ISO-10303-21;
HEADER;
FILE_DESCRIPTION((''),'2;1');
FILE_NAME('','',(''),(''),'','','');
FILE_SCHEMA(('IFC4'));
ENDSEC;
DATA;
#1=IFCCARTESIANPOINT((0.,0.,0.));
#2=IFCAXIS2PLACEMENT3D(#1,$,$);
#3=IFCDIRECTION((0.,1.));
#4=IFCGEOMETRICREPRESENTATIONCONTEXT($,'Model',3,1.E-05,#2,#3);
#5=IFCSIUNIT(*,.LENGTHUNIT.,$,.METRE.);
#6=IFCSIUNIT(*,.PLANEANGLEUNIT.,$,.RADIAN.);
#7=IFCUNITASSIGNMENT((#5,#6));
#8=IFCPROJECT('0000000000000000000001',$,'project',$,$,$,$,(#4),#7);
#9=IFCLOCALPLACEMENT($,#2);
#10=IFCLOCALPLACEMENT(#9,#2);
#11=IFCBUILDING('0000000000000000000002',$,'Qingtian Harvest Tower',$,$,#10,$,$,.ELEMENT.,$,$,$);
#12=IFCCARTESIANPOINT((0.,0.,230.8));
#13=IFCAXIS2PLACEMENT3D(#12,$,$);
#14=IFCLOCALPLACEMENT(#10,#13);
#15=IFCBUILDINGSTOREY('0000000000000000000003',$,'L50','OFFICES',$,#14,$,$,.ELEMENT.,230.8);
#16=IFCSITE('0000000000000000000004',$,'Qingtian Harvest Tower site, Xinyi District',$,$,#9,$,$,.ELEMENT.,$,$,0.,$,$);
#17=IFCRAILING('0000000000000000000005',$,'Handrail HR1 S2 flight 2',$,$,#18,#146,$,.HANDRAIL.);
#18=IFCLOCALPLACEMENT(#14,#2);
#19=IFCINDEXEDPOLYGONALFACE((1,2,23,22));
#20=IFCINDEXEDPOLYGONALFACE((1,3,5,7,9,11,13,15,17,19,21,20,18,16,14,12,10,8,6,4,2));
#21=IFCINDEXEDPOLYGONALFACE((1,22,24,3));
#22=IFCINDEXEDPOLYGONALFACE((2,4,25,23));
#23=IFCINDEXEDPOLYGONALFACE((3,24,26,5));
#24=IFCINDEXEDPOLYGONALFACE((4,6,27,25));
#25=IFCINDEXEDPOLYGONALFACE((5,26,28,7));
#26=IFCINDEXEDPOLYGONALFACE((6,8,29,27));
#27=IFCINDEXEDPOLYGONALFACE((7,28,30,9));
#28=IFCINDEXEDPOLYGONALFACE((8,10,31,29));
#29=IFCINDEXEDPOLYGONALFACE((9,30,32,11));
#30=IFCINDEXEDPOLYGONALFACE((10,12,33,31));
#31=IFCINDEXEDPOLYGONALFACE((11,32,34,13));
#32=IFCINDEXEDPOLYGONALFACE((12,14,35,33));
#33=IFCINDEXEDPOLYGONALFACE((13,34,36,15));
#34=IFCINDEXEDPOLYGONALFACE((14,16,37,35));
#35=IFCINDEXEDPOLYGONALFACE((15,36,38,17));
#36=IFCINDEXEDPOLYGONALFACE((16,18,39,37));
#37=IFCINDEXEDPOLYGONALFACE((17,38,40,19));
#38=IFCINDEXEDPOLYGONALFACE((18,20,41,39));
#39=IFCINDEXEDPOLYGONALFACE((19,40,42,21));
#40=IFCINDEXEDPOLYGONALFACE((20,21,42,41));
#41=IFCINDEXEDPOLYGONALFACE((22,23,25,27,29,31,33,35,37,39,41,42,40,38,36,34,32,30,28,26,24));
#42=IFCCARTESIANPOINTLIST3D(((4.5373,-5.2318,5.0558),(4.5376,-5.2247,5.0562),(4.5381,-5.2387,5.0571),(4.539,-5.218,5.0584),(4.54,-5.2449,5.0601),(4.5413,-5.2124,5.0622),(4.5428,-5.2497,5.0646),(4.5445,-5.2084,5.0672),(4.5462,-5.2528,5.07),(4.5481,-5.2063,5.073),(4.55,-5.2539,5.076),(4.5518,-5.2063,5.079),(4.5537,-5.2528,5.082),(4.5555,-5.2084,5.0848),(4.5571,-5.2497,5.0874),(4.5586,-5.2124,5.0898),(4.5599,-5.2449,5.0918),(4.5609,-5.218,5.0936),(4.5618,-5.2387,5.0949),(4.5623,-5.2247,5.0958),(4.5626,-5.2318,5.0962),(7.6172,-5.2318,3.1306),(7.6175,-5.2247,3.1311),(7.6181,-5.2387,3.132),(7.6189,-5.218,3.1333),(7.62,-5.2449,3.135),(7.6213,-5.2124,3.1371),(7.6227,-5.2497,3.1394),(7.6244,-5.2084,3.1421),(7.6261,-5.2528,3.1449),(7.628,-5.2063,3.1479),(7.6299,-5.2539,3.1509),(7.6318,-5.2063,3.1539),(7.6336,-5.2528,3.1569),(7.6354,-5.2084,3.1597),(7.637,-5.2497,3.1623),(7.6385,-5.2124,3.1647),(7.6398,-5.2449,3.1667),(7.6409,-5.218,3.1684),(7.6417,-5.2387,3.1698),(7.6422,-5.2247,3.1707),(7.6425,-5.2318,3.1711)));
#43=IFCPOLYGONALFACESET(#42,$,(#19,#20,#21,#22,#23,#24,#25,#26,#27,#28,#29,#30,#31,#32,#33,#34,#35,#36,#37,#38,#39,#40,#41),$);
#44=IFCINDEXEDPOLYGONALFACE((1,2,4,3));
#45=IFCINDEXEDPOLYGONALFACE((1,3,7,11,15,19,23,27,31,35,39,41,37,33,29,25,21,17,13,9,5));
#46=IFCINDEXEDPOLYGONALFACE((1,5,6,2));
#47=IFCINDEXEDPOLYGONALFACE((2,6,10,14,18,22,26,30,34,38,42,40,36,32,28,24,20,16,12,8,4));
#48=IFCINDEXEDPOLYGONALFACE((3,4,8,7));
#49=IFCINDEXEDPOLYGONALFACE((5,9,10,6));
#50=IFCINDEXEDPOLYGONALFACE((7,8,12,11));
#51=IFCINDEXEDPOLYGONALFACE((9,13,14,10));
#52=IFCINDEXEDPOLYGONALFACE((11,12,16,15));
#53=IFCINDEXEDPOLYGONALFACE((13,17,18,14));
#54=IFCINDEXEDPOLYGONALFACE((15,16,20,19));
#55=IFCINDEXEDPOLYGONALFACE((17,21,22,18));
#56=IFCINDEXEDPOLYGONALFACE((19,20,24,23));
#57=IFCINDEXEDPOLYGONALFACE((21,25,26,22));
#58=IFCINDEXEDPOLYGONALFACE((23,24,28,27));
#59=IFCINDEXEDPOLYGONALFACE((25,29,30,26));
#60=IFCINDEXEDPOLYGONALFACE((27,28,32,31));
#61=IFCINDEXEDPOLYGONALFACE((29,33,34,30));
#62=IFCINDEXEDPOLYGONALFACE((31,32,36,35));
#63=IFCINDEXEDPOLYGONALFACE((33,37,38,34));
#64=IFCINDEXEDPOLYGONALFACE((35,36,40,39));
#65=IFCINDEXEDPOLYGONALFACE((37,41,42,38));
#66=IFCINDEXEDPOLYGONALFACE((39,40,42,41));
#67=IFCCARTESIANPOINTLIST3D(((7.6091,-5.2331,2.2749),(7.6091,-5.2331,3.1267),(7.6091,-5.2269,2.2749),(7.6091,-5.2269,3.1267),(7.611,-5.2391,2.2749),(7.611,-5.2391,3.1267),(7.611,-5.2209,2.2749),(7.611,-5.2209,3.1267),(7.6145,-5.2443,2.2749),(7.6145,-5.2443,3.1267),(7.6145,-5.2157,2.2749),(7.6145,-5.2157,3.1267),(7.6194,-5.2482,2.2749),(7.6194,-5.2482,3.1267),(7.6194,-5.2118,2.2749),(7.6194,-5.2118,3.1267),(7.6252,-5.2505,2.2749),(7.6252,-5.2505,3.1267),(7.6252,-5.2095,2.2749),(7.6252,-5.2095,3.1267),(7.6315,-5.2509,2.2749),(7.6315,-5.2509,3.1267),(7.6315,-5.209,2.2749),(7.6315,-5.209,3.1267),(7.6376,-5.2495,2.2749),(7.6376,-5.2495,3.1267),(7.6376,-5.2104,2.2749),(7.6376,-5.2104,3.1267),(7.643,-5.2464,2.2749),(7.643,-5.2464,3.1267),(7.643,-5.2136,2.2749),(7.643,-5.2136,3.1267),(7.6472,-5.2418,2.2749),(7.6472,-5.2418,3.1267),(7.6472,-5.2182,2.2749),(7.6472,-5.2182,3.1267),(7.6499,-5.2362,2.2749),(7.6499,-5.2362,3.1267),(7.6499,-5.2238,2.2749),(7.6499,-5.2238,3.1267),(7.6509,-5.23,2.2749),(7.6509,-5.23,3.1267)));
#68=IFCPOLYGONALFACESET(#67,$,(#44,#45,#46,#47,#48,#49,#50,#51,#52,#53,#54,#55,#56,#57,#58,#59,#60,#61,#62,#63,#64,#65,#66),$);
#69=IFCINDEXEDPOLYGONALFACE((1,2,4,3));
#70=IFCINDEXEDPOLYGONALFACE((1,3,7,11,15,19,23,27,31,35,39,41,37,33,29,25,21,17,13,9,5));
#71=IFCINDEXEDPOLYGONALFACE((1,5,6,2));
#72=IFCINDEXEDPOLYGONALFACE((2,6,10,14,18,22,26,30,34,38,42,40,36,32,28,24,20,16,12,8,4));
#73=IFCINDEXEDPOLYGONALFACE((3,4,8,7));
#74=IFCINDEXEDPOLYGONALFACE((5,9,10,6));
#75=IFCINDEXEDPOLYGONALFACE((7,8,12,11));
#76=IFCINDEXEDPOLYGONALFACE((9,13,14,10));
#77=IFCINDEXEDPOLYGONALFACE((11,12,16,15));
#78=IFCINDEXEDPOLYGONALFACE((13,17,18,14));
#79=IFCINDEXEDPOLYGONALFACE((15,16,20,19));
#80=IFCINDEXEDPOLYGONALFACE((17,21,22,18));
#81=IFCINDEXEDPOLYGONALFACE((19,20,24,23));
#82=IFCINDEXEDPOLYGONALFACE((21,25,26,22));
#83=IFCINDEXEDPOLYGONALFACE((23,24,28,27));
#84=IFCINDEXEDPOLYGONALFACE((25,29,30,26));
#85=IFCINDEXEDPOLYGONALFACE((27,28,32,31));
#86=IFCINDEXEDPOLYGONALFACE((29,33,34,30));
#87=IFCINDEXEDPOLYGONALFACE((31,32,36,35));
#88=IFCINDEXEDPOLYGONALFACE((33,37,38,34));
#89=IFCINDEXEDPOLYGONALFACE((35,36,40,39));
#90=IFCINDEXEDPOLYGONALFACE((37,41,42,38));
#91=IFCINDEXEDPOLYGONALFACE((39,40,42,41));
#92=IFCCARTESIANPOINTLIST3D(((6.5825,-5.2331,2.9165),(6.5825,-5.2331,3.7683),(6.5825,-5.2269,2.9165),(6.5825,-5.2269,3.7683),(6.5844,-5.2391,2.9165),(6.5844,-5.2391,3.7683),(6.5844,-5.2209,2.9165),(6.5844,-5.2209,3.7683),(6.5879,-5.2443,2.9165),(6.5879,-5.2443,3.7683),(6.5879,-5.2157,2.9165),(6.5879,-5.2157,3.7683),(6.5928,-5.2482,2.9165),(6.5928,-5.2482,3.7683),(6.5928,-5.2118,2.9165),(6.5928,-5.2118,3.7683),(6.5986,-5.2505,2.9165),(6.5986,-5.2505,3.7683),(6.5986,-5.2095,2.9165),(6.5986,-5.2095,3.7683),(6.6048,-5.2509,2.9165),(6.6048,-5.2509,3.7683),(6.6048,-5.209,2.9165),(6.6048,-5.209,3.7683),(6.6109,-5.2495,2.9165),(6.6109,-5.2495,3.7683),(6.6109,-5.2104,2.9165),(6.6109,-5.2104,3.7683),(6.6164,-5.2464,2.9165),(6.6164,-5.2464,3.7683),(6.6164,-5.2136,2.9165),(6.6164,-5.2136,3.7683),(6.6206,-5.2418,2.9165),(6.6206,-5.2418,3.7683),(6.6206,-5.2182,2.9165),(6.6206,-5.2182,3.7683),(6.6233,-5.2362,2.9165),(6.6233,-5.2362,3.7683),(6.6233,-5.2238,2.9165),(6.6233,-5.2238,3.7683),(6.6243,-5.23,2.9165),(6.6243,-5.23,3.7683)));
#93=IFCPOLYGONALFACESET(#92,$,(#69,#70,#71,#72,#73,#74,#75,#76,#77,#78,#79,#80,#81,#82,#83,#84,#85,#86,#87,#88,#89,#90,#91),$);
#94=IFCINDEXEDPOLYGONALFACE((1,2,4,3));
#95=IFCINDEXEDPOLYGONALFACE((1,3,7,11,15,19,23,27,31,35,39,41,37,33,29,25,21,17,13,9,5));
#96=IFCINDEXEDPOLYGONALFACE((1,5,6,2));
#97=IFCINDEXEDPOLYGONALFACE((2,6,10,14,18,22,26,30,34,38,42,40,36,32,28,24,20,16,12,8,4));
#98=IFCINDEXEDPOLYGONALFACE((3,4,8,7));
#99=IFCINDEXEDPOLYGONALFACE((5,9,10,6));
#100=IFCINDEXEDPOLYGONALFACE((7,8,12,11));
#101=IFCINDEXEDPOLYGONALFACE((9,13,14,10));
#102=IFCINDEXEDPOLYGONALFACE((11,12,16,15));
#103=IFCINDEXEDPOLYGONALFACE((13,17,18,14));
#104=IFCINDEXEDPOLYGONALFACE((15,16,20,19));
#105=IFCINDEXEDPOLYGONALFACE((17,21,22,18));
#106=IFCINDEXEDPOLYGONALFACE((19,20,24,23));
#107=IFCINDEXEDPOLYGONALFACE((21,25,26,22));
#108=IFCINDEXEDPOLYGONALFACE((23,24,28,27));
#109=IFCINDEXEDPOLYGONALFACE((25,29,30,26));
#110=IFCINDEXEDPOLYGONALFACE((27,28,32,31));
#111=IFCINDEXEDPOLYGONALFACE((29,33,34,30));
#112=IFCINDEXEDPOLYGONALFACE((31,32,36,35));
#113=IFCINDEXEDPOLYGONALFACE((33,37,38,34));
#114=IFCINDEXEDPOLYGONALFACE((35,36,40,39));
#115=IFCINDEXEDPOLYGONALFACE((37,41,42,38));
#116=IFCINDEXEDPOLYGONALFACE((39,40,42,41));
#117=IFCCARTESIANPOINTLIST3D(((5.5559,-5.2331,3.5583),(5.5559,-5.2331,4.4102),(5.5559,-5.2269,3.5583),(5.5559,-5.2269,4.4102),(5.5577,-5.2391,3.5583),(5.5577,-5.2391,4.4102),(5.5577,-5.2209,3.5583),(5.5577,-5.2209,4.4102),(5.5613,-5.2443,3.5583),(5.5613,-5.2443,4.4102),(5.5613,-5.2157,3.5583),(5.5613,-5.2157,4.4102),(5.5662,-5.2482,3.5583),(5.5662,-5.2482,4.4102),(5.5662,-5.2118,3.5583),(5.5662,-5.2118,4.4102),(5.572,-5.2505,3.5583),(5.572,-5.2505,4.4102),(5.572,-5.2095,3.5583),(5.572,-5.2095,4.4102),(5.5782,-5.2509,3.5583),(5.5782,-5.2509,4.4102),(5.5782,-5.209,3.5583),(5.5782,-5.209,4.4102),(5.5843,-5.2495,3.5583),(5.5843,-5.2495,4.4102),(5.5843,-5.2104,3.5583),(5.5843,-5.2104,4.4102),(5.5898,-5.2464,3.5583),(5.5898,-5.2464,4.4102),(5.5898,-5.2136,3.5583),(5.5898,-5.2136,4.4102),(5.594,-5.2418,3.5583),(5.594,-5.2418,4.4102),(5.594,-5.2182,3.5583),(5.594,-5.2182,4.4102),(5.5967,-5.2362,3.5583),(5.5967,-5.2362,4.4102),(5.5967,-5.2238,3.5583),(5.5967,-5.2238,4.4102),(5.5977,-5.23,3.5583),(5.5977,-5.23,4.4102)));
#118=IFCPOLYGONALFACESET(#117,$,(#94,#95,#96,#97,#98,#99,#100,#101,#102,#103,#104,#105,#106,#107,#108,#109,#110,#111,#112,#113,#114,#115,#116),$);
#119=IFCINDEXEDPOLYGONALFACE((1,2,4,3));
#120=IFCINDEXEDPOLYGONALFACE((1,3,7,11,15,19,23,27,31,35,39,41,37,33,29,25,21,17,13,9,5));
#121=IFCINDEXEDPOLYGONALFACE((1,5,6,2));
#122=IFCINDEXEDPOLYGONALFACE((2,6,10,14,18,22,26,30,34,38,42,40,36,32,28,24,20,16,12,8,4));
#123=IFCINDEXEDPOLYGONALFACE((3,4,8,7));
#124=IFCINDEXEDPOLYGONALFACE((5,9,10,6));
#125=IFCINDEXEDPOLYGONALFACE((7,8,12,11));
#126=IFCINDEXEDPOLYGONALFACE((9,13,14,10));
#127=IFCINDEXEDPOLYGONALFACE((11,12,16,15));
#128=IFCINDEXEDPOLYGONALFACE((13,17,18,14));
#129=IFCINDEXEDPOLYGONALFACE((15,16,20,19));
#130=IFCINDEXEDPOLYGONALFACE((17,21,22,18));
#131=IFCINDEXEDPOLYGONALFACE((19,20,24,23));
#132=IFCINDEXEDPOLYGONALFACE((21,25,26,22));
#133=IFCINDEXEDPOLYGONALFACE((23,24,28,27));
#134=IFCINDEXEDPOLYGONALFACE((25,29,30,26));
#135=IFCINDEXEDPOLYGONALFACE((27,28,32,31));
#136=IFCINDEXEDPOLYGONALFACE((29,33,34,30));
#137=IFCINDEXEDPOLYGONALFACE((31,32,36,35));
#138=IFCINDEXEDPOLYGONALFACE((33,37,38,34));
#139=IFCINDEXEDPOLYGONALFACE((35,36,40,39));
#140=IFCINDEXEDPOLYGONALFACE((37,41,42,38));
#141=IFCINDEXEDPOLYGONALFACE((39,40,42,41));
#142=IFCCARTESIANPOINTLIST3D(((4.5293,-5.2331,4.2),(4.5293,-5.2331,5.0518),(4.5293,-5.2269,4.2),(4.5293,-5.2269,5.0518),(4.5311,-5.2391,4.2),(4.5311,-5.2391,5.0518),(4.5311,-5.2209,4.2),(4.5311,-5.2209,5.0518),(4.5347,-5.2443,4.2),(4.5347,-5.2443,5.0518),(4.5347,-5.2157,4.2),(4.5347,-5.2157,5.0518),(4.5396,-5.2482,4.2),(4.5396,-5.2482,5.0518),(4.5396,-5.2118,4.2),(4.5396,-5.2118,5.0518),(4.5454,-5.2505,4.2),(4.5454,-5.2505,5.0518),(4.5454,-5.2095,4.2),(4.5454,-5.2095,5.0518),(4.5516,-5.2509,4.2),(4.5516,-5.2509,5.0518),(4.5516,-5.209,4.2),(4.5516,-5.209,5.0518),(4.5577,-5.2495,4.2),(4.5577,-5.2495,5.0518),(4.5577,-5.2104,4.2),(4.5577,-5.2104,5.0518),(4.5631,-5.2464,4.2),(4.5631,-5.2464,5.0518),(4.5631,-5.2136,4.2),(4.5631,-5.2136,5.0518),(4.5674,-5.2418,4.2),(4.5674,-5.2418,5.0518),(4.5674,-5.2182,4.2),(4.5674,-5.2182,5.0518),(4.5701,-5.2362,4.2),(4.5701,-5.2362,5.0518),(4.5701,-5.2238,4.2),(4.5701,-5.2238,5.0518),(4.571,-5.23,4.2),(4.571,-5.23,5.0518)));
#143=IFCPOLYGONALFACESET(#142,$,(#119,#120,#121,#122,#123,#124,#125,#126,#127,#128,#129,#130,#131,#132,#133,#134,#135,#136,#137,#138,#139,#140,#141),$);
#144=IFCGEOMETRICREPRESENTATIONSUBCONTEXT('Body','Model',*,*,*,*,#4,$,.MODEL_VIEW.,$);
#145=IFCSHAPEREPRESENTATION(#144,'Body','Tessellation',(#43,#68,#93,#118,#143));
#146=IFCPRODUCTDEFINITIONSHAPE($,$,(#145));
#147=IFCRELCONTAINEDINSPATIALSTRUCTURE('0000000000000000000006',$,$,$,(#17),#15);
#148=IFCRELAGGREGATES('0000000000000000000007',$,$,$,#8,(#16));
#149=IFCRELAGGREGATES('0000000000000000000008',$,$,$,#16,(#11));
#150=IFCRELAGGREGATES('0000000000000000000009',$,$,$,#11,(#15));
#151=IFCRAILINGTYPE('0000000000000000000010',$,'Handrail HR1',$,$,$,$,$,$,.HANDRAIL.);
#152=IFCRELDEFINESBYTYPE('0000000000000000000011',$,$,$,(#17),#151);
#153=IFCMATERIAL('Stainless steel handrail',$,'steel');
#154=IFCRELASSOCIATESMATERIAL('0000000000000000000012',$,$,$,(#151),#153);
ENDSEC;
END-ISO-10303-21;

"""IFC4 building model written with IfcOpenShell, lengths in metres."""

from ifc_helpers import new_model, si_unit, direction, frame, origin, origin_2d, place, context, subcontext, project, spatial, circle, extrude, material, type_object, element, save


model = new_model("IFC4")

# Units and contexts
model_context = context("Model", 3, precision=1e-05, world=origin(), true_north=direction((0.0, 1.0)))
body_context = subcontext(model_context, "Body", "Model", "MODEL_VIEW")
ifc_project = project(units=[si_unit("LENGTHUNIT", "METRE"), si_unit("PLANEANGLEUNIT", "RADIAN")], contexts=[model_context])

# Site, building, storey
site_placement = place(None, origin())
site = spatial("IfcSite", under=ifc_project, at=site_placement, Name="Qingtian Harvest Tower site, Xinyi District", CompositionType="ELEMENT", RefElevation=0.0)
building_placement = place(site_placement, origin())
building = spatial("IfcBuilding", under=site, at=building_placement, Name="Qingtian Harvest Tower", CompositionType="ELEMENT")
storey_placement = place(building_placement, frame((0.0, 0.0, 230.8)))
storey = spatial("IfcBuildingStorey", under=building, at=storey_placement, Name="L50", Description="OFFICES", CompositionType="ELEMENT", Elevation=230.8)

# Railing
ifc_material_1 = material(Name="Stainless steel handrail", Category="steel")
railing_type = type_object("IfcRailingType", Name="Handrail HR1", PredefinedType="HANDRAIL", material=ifc_material_1)
railing_1_placement = place(storey_placement, frame((7.6299, -5.23, 2.2749)))
element("IfcRailing", 1, at=railing_1_placement, inside=storey, type_object=railing_type, Name="Handrail HR1 S2 flight 2", PredefinedType="HANDRAIL", context=body_context, shape_type="SweptSolid", body=[
    extrude(circle(Radius=0.0239, at=origin_2d()), frame((0.0, 0.0, 0.876), z_axis=(-0.847979, 0.0, 0.530029), x_axis=(0.0, -1.0, 0.0)), (0.0, 0.0, 1.0), 3.6321),
    extrude(circle(Radius=0.021, at=origin_2d()), origin(), (0.0, 0.0, 1.0), 0.8518),
    extrude(circle(Radius=0.021, at=origin_2d()), frame((-1.0266, 0.0, 0.6416)), (0.0, 0.0, 1.0), 0.8518),
    extrude(circle(Radius=0.021, at=origin_2d()), frame((-2.0532, 0.0, 1.2834)), (0.0, 0.0, 1.0), 0.8518),
    extrude(circle(Radius=0.021, at=origin_2d()), frame((-3.0798, 0.0, 1.925)), (0.0, 0.0, 1.0), 0.8518),
])

save(model, "model.ifc")
